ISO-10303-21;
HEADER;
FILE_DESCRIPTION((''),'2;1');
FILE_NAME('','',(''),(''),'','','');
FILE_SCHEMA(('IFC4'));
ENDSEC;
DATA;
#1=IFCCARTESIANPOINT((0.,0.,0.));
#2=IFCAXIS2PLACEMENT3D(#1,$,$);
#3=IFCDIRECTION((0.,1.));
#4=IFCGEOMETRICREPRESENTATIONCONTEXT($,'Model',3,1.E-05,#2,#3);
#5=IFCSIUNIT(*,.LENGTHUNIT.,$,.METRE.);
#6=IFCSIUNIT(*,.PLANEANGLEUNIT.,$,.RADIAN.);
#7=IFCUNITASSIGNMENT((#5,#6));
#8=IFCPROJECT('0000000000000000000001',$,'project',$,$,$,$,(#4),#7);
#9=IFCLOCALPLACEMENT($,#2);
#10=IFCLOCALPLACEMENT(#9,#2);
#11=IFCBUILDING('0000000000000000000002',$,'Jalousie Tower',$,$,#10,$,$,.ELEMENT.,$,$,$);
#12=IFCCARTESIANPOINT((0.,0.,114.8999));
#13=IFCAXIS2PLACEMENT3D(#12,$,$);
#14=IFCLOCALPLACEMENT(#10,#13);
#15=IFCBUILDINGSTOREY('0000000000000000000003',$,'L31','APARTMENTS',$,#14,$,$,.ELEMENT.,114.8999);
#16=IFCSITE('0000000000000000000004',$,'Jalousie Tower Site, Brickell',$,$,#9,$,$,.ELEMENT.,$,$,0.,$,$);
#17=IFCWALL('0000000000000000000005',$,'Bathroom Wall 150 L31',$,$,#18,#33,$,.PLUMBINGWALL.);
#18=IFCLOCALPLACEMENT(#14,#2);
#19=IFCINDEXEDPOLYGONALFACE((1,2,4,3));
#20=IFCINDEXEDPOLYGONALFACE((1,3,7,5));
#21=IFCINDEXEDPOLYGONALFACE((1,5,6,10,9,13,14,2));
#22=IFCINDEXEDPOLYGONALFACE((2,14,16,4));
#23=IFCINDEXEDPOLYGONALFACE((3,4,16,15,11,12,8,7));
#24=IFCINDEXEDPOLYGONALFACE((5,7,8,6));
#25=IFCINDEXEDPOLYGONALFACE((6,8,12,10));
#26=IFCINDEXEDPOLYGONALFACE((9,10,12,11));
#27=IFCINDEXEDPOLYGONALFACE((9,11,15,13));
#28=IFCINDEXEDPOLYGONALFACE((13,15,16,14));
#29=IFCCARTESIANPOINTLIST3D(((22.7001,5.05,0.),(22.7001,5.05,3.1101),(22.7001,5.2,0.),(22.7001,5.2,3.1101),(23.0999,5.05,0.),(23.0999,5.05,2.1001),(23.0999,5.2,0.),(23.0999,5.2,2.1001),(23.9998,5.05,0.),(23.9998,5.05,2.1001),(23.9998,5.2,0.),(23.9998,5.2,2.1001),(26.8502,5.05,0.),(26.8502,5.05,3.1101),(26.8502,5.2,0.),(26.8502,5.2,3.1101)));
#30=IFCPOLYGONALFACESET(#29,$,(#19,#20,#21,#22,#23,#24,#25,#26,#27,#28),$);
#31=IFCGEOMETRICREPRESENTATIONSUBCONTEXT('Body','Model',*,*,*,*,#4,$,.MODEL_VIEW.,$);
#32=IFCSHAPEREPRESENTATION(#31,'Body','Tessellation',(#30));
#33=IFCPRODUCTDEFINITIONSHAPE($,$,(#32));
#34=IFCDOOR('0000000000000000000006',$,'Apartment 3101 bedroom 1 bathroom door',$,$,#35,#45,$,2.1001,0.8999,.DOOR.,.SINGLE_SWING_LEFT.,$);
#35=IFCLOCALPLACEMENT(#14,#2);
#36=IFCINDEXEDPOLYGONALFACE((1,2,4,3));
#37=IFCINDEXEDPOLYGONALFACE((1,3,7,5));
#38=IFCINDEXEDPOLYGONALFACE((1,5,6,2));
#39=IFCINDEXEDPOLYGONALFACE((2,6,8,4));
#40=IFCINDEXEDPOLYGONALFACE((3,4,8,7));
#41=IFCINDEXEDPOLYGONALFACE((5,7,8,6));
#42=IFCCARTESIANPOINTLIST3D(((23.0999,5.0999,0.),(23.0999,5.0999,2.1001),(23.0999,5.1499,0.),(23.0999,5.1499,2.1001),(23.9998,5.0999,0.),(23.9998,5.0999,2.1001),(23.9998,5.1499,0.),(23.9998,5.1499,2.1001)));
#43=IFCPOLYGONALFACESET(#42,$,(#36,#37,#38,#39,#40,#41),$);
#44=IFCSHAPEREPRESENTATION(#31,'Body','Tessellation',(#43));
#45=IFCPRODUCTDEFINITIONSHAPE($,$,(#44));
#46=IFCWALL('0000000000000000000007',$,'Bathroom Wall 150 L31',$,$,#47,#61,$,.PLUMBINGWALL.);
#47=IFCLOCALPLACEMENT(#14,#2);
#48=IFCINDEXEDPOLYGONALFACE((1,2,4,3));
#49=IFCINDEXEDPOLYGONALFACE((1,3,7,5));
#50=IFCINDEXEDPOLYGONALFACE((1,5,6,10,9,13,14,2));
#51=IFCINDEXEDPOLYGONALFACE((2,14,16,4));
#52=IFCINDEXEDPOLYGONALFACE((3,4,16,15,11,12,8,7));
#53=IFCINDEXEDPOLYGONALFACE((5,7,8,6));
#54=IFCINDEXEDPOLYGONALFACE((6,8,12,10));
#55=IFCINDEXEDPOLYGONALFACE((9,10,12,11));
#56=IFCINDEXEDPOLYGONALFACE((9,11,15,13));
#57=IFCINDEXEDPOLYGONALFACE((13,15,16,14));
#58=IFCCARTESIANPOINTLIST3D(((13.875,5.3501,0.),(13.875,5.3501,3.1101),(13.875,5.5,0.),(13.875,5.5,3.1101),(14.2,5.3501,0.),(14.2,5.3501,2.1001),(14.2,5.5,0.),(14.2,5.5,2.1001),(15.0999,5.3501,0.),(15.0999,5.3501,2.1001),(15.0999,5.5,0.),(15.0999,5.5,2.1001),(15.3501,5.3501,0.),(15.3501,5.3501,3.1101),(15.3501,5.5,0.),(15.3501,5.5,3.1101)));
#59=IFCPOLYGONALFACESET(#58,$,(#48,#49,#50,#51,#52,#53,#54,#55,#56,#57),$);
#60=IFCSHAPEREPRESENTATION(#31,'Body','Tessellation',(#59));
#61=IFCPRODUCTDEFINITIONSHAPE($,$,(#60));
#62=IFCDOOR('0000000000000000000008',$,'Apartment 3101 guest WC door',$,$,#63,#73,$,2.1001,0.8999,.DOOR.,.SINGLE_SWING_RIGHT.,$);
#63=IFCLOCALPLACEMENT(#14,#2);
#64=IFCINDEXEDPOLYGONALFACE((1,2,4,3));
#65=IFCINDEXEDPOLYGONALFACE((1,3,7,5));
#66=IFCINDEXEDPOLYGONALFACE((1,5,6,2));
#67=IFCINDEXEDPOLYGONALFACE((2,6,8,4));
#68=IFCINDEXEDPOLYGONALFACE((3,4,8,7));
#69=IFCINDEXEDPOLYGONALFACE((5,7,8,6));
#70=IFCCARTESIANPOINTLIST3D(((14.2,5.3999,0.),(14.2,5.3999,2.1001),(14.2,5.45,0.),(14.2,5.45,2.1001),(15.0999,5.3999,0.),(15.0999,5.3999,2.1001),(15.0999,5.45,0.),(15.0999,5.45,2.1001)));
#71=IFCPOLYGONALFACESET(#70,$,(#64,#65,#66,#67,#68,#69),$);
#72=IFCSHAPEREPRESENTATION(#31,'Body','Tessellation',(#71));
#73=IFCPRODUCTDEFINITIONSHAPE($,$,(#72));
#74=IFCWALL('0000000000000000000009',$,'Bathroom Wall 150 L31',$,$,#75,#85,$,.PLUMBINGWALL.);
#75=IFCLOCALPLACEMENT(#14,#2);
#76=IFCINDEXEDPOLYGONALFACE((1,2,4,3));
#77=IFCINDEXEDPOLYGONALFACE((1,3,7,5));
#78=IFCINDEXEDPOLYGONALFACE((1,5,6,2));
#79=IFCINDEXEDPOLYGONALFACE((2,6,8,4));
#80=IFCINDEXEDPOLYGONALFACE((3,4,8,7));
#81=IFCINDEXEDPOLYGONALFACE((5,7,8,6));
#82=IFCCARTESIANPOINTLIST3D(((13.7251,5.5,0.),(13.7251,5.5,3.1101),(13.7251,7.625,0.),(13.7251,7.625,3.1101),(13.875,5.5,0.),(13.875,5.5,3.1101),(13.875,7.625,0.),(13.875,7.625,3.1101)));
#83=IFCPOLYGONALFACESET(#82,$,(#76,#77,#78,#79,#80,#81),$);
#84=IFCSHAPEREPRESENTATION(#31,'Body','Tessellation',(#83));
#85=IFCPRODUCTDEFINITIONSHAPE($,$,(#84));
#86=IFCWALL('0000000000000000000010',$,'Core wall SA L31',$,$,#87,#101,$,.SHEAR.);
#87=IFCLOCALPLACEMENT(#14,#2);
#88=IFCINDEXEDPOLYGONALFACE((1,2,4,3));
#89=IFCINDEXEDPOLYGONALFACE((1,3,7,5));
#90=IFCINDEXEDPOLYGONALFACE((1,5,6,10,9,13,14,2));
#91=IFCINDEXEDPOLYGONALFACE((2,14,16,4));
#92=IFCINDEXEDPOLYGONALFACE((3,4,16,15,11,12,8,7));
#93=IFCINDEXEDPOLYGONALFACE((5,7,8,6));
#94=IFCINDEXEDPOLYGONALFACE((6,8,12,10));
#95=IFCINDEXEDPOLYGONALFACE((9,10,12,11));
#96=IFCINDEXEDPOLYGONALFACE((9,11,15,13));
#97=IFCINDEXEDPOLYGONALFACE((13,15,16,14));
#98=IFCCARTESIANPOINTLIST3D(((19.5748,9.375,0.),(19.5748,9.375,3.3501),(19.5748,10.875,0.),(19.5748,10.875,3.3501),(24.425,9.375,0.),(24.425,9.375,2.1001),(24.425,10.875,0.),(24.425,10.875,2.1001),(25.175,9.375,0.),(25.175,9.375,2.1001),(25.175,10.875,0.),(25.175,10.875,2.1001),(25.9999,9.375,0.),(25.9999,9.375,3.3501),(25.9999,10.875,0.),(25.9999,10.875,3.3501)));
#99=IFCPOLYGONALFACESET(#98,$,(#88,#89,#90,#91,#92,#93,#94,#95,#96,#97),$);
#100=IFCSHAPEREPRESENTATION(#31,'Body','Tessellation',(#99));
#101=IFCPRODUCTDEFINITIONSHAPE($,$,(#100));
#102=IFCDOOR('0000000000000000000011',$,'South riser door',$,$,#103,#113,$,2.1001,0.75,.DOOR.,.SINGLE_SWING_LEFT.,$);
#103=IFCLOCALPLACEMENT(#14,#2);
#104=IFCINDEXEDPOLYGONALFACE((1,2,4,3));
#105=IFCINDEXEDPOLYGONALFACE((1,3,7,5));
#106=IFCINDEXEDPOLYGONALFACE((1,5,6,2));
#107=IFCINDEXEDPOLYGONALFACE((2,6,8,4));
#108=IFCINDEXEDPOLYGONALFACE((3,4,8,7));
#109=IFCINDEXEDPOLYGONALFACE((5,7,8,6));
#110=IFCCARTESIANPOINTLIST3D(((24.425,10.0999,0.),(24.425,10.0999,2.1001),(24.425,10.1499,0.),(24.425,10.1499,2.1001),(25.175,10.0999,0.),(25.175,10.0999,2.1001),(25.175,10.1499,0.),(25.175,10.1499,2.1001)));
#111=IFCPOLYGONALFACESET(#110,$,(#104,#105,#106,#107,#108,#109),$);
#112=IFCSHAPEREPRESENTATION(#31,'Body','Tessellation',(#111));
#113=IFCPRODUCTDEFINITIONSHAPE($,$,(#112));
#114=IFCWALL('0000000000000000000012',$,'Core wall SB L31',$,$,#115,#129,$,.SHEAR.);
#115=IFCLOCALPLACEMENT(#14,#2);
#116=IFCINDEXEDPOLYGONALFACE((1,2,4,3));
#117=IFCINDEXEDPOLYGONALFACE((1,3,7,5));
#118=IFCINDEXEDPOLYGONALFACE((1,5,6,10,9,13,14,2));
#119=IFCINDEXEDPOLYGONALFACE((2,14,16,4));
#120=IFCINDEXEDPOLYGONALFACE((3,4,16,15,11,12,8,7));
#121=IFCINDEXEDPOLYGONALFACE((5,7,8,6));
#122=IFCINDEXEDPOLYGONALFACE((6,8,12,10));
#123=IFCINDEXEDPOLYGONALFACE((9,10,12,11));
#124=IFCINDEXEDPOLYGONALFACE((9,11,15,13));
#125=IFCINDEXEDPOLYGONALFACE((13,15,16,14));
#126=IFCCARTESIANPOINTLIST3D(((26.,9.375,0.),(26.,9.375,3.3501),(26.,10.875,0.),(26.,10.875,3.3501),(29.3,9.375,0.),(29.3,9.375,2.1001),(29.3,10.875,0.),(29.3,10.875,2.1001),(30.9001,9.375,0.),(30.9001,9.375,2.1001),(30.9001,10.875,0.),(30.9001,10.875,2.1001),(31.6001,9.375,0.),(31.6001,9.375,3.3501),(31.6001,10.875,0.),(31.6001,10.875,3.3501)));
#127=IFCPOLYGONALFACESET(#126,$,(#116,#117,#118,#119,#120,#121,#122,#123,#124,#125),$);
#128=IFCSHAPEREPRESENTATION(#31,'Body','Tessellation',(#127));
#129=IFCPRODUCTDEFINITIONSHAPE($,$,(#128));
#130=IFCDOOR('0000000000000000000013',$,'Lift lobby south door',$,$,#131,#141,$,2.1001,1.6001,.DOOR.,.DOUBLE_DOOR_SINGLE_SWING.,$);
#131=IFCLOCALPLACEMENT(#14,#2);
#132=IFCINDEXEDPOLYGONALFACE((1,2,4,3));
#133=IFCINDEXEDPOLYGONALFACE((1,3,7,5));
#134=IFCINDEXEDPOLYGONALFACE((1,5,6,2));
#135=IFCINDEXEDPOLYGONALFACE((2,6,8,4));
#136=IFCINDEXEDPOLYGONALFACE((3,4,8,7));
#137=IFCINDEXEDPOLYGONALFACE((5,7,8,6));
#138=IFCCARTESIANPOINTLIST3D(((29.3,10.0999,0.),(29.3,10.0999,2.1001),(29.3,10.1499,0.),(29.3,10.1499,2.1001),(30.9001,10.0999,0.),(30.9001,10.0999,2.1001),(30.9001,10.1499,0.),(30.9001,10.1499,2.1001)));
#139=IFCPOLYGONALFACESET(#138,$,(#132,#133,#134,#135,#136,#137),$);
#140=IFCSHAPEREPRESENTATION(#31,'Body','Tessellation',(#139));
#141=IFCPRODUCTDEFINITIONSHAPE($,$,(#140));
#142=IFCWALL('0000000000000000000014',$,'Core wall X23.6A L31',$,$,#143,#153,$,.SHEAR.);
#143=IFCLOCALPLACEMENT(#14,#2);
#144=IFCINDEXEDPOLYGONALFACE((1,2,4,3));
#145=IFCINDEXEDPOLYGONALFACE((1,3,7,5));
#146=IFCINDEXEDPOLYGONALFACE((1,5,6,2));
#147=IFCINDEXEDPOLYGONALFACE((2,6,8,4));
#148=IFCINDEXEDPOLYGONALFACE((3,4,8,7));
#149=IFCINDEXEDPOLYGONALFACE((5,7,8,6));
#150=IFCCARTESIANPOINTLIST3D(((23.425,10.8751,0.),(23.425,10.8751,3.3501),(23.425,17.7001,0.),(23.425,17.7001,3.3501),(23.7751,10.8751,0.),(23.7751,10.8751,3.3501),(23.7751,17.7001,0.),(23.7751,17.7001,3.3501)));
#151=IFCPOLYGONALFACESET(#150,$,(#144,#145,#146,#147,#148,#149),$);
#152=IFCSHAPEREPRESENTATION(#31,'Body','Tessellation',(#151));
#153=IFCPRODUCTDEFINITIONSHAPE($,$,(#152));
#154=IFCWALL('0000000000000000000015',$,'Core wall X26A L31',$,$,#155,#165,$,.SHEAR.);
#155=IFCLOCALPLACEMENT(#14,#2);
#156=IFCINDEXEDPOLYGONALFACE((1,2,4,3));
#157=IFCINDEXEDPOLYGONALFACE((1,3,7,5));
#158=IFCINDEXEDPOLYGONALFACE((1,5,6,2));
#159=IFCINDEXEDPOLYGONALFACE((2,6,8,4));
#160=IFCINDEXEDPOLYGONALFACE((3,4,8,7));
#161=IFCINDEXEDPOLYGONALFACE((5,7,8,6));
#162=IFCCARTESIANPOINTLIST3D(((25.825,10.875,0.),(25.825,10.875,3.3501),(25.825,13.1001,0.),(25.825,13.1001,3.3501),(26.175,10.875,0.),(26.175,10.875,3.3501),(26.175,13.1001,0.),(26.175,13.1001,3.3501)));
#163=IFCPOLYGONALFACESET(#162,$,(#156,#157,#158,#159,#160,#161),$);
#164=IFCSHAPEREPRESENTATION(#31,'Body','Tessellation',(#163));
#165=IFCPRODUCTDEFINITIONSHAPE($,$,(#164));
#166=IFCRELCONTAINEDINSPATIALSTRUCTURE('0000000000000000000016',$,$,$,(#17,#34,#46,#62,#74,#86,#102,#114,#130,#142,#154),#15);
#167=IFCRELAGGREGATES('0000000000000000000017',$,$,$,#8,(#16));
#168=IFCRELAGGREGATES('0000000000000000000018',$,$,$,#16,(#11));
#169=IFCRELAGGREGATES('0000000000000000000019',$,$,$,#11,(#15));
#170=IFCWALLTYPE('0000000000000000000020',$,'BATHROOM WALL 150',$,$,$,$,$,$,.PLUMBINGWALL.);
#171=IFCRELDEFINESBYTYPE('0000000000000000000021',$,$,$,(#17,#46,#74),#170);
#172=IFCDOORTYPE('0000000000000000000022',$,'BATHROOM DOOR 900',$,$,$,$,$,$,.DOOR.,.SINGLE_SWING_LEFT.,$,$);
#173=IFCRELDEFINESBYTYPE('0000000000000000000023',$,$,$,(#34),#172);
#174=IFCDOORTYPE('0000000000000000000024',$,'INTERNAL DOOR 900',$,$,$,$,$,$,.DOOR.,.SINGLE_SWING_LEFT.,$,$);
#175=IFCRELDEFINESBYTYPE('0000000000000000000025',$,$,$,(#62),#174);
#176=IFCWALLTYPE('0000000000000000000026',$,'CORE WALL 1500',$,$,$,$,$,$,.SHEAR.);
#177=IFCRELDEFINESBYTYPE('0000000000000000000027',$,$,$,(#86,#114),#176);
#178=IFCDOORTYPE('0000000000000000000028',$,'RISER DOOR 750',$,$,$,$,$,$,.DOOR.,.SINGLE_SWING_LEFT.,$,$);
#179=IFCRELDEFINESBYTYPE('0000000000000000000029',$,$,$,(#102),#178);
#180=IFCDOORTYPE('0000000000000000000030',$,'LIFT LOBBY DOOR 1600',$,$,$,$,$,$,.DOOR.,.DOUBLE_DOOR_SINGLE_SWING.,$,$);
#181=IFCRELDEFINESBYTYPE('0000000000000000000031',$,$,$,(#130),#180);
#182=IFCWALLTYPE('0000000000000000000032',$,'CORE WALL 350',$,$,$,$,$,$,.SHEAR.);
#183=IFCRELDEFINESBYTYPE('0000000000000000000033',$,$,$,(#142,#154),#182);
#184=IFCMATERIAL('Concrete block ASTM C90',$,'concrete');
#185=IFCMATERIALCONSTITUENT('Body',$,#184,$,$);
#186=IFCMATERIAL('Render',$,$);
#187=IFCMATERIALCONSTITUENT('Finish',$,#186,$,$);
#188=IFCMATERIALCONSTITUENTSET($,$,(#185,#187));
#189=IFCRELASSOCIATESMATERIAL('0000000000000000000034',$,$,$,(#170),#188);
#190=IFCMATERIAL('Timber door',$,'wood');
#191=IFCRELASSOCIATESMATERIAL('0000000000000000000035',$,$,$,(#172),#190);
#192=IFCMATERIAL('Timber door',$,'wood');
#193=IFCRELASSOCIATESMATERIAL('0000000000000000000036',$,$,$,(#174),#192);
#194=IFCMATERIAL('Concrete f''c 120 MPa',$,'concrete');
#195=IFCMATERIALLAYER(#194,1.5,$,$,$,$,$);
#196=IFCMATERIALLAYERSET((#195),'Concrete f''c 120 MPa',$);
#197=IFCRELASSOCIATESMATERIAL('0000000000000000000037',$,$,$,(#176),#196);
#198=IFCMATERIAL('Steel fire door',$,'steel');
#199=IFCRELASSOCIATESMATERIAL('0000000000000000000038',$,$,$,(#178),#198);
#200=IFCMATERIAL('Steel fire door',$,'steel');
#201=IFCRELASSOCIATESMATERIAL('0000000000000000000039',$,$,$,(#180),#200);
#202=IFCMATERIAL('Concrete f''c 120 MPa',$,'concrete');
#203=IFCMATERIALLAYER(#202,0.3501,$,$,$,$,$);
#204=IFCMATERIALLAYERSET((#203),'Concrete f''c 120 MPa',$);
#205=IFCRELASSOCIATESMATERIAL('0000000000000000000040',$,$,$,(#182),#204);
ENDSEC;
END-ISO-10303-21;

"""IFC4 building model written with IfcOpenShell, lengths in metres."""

from ifc_helpers import new_model, si_unit, direction, frame, frame_2d, origin, place, context, subcontext, project, spatial, rectangle, extrude, material, layer, layer_set, constituent, constituent_set, type_object, element, fill, save


model = new_model("IFC4")

# Units and contexts
model_context = context("Model", 3, precision=1e-05, world=origin(), true_north=direction((0.0, 1.0)))
body_context = subcontext(model_context, "Body", "Model", "MODEL_VIEW")
ifc_project = project(units=[si_unit("LENGTHUNIT", "METRE"), si_unit("PLANEANGLEUNIT", "RADIAN")], contexts=[model_context])

# Site, building, storey
site_placement = place(None, origin())
site = spatial("IfcSite", under=ifc_project, at=site_placement, Name="Jalousie Tower Site, Brickell", CompositionType="ELEMENT", RefElevation=0.0)
building_placement = place(site_placement, origin())
building = spatial("IfcBuilding", under=site, at=building_placement, Name="Jalousie Tower", CompositionType="ELEMENT")
storey_placement = place(building_placement, frame((0.0, 0.0, 114.8999)))
storey = spatial("IfcBuildingStorey", under=building, at=storey_placement, Name="L31", Description="APARTMENTS", CompositionType="ELEMENT", Elevation=114.8999)

# Walls, openings, doors
ifc_material_1 = material(Name="Concrete block ASTM C90", Category="concrete")
ifc_constituent_1 = constituent(ifc_material_1, Name="Body")
ifc_material_2 = material(Name="Render")
ifc_constituent_2 = constituent(ifc_material_2, Name="Finish")
ifc_constituent_set_1 = constituent_set(constituents=[ifc_constituent_1, ifc_constituent_2])
wall_type_1 = type_object("IfcWallType", Name="BATHROOM WALL 150", PredefinedType="PLUMBINGWALL", material=ifc_constituent_set_1)
wall_1_placement = place(storey_placement, frame((22.7, 5.125, 0.0), z_axis=(0.0, 0.0, 1.0), x_axis=(1.0, 0.0, 0.0)))
wall_1 = element("IfcWall", 1, at=wall_1_placement, inside=storey, type_object=wall_type_1, Name="Bathroom Wall 150 L31", PredefinedType="PLUMBINGWALL", context=body_context, shape_type="SweptSolid", body=[
    extrude(rectangle(XDim=4.1501, YDim=0.1499, at=frame_2d((2.0752, 0.0))), origin(), (0.0, 0.0, 1.0), 3.1101),
])
opening_1_placement = place(wall_1_placement, frame((0.3999, 0.0, 0.0)))
opening_1 = element("IfcOpeningElement", 2, at=opening_1_placement, cuts=wall_1, PredefinedType="OPENING", context=body_context, shape_type="SweptSolid", body=[
    extrude(rectangle(XDim=0.8999, YDim=2.1001, at=frame_2d((0.45, 1.05))), frame((0.0, 0.085, 0.0), z_axis=(0.0, -1.0, 0.0), x_axis=(1.0, 0.0, 0.0)), (0.0, 0.0, 1.0), 0.1699),
])
ifc_material_3 = material(Name="Timber door", Category="wood")
door_type_1 = type_object("IfcDoorType", Name="BATHROOM DOOR 900", OperationType="SINGLE_SWING_LEFT", PredefinedType="DOOR", material=ifc_material_3)
door_1_placement = place(opening_1_placement, origin())
door_1 = element("IfcDoor", 3, at=door_1_placement, inside=storey, type_object=door_type_1, Name="Apartment 3101 bedroom 1 bathroom door", OperationType="SINGLE_SWING_LEFT", OverallHeight=2.1001, OverallWidth=0.8999, PredefinedType="DOOR", context=body_context, shape_type="SweptSolid", body=[
    extrude(rectangle(XDim=0.8999, YDim=2.1001, at=frame_2d((0.45, 1.05))), frame((0.0, 0.0249, 0.0), z_axis=(0.0, -1.0, 0.0), x_axis=(1.0, 0.0, 0.0)), (0.0, 0.0, 1.0), 0.05),
])
fill(opening_1, door_1)
wall_2_placement = place(storey_placement, frame((13.875, 5.425, 0.0), z_axis=(0.0, 0.0, 1.0), x_axis=(1.0, 0.0, 0.0)))
wall_2 = element("IfcWall", 4, at=wall_2_placement, inside=storey, type_object=wall_type_1, Name="Bathroom Wall 150 L31", PredefinedType="PLUMBINGWALL", context=body_context, shape_type="SweptSolid", body=[
    extrude(rectangle(XDim=1.4751, YDim=0.1499, at=frame_2d((0.7375, 0.0))), origin(), (0.0, 0.0, 1.0), 3.1101),
])
opening_2_placement = place(wall_2_placement, frame((0.325, 0.0, 0.0)))
opening_2 = element("IfcOpeningElement", 5, at=opening_2_placement, cuts=wall_2, PredefinedType="OPENING", context=body_context, shape_type="SweptSolid", body=[
    extrude(rectangle(XDim=0.8999, YDim=2.1001, at=frame_2d((0.45, 1.05))), frame((0.0, 0.085, 0.0), z_axis=(0.0, -1.0, 0.0), x_axis=(1.0, 0.0, 0.0)), (0.0, 0.0, 1.0), 0.1699),
])
ifc_material_4 = material(Name="Timber door", Category="wood")
door_type_2 = type_object("IfcDoorType", Name="INTERNAL DOOR 900", OperationType="SINGLE_SWING_LEFT", PredefinedType="DOOR", material=ifc_material_4)
door_2_placement = place(opening_2_placement, origin())
door_2 = element("IfcDoor", 6, at=door_2_placement, inside=storey, type_object=door_type_2, Name="Apartment 3101 guest WC door", OperationType="SINGLE_SWING_RIGHT", OverallHeight=2.1001, OverallWidth=0.8999, PredefinedType="DOOR", context=body_context, shape_type="SweptSolid", body=[
    extrude(rectangle(XDim=0.8999, YDim=2.1001, at=frame_2d((0.45, 1.05))), frame((0.0, 0.0249, 0.0), z_axis=(0.0, -1.0, 0.0), x_axis=(1.0, 0.0, 0.0)), (0.0, 0.0, 1.0), 0.05),
])
fill(opening_2, door_2)

# Wall
wall_3_placement = place(storey_placement, frame((13.8, 5.5, 0.0), z_axis=(0.0, 0.0, 1.0), x_axis=(0.0, 1.0, 0.0)))
element("IfcWall", 7, at=wall_3_placement, inside=storey, type_object=wall_type_1, Name="Bathroom Wall 150 L31", PredefinedType="PLUMBINGWALL", context=body_context, shape_type="SweptSolid", body=[
    extrude(rectangle(XDim=2.125, YDim=0.1499, at=frame_2d((1.0625, 0.0))), origin(), (0.0, 0.0, 1.0), 3.1101),
])

# Walls, openings, doors
ifc_material_5 = material(Name="Concrete f'c 120 MPa", Category="concrete")
ifc_layer_1 = layer(ifc_material_5, 1.5)
ifc_layer_set_1 = layer_set([ifc_layer_1], Name="Concrete f'c 120 MPa")
wall_type_2 = type_object("IfcWallType", Name="CORE WALL 1500", PredefinedType="SHEAR", material=ifc_layer_set_1)
wall_4_placement = place(storey_placement, frame((19.575, 10.125, 0.0), z_axis=(0.0, 0.0, 1.0), x_axis=(1.0, 0.0, 0.0)))
wall_4 = element("IfcWall", 8, at=wall_4_placement, inside=storey, type_object=wall_type_2, Name="Core wall SA L31", PredefinedType="SHEAR", context=body_context, shape_type="SweptSolid", body=[
    extrude(rectangle(XDim=6.425, YDim=1.5, at=frame_2d((3.2124, 0.0))), origin(), (0.0, 0.0, 1.0), 3.3501),
])
opening_3_placement = place(wall_4_placement, frame((4.8501, 0.0, 0.0)))
opening_3 = element("IfcOpeningElement", 9, at=opening_3_placement, cuts=wall_4, PredefinedType="OPENING", context=body_context, shape_type="SweptSolid", body=[
    extrude(rectangle(XDim=0.75, YDim=2.1001, at=frame_2d((0.375, 1.05))), frame((0.0, 0.76, 0.0), z_axis=(0.0, -1.0, 0.0), x_axis=(1.0, 0.0, 0.0)), (0.0, 0.0, 1.0), 1.52),
])
ifc_material_6 = material(Name="Steel fire door", Category="steel")
door_type_3 = type_object("IfcDoorType", Name="RISER DOOR 750", OperationType="SINGLE_SWING_LEFT", PredefinedType="DOOR", material=ifc_material_6)
door_3_placement = place(opening_3_placement, origin())
door_3 = element("IfcDoor", 10, at=door_3_placement, inside=storey, type_object=door_type_3, Name="South riser door", OperationType="SINGLE_SWING_LEFT", OverallHeight=2.1001, OverallWidth=0.75, PredefinedType="DOOR", context=body_context, shape_type="SweptSolid", body=[
    extrude(rectangle(XDim=0.75, YDim=2.1001, at=frame_2d((0.375, 1.05))), frame((0.0, 0.0249, 0.0), z_axis=(0.0, -1.0, 0.0), x_axis=(1.0, 0.0, 0.0)), (0.0, 0.0, 1.0), 0.05),
])
fill(opening_3, door_3)
wall_5_placement = place(storey_placement, frame((26.0, 10.125, 0.0), z_axis=(0.0, 0.0, 1.0), x_axis=(1.0, 0.0, 0.0)))
wall_5 = element("IfcWall", 11, at=wall_5_placement, inside=storey, type_object=wall_type_2, Name="Core wall SB L31", PredefinedType="SHEAR", context=body_context, shape_type="SweptSolid", body=[
    extrude(rectangle(XDim=5.6001, YDim=1.5, at=frame_2d((2.8, 0.0))), origin(), (0.0, 0.0, 1.0), 3.3501),
])
opening_4_placement = place(wall_5_placement, frame((3.3, 0.0, 0.0)))
opening_4 = element("IfcOpeningElement", 12, at=opening_4_placement, cuts=wall_5, PredefinedType="OPENING", context=body_context, shape_type="SweptSolid", body=[
    extrude(rectangle(XDim=1.6001, YDim=2.1001, at=frame_2d((0.8, 1.05))), frame((0.0, 0.76, 0.0), z_axis=(0.0, -1.0, 0.0), x_axis=(1.0, 0.0, 0.0)), (0.0, 0.0, 1.0), 1.52),
])
ifc_material_7 = material(Name="Steel fire door", Category="steel")
door_type_4 = type_object("IfcDoorType", Name="LIFT LOBBY DOOR 1600", OperationType="DOUBLE_DOOR_SINGLE_SWING", PredefinedType="DOOR", material=ifc_material_7)
door_4_placement = place(opening_4_placement, origin())
door_4 = element("IfcDoor", 13, at=door_4_placement, inside=storey, type_object=door_type_4, Name="Lift lobby south door", OperationType="DOUBLE_DOOR_SINGLE_SWING", OverallHeight=2.1001, OverallWidth=1.6001, PredefinedType="DOOR", context=body_context, shape_type="SweptSolid", body=[
    extrude(rectangle(XDim=1.6001, YDim=2.1001, at=frame_2d((0.8, 1.05))), frame((0.0, 0.0249, 0.0), z_axis=(0.0, -1.0, 0.0), x_axis=(1.0, 0.0, 0.0)), (0.0, 0.0, 1.0), 0.05),
])
fill(opening_4, door_4)

# Walls
ifc_material_8 = material(Name="Concrete f'c 120 MPa", Category="concrete")
ifc_layer_2 = layer(ifc_material_8, 0.3501)
ifc_layer_set_2 = layer_set([ifc_layer_2], Name="Concrete f'c 120 MPa")
wall_type_3 = type_object("IfcWallType", Name="CORE WALL 350", PredefinedType="SHEAR", material=ifc_layer_set_2)
wall_6_placement = place(storey_placement, frame((23.6001, 10.875, 0.0), z_axis=(0.0, 0.0, 1.0), x_axis=(0.0, 1.0, 0.0)))
element("IfcWall", 14, at=wall_6_placement, inside=storey, type_object=wall_type_3, Name="Core wall X23.6A L31", PredefinedType="SHEAR", context=body_context, shape_type="SweptSolid", body=[
    extrude(rectangle(XDim=6.825, YDim=0.3501, at=frame_2d((3.4126, 0.0))), origin(), (0.0, 0.0, 1.0), 3.3501),
])
wall_7_placement = place(storey_placement, frame((26.0, 10.875, 0.0), z_axis=(0.0, 0.0, 1.0), x_axis=(0.0, 1.0, 0.0)))
element("IfcWall", 15, at=wall_7_placement, inside=storey, type_object=wall_type_3, Name="Core wall X26A L31", PredefinedType="SHEAR", context=body_context, shape_type="SweptSolid", body=[
    extrude(rectangle(XDim=2.2251, YDim=0.3501, at=frame_2d((1.1125, 0.0))), origin(), (0.0, 0.0, 1.0), 3.3501),
])

save(model, "model.ifc")
